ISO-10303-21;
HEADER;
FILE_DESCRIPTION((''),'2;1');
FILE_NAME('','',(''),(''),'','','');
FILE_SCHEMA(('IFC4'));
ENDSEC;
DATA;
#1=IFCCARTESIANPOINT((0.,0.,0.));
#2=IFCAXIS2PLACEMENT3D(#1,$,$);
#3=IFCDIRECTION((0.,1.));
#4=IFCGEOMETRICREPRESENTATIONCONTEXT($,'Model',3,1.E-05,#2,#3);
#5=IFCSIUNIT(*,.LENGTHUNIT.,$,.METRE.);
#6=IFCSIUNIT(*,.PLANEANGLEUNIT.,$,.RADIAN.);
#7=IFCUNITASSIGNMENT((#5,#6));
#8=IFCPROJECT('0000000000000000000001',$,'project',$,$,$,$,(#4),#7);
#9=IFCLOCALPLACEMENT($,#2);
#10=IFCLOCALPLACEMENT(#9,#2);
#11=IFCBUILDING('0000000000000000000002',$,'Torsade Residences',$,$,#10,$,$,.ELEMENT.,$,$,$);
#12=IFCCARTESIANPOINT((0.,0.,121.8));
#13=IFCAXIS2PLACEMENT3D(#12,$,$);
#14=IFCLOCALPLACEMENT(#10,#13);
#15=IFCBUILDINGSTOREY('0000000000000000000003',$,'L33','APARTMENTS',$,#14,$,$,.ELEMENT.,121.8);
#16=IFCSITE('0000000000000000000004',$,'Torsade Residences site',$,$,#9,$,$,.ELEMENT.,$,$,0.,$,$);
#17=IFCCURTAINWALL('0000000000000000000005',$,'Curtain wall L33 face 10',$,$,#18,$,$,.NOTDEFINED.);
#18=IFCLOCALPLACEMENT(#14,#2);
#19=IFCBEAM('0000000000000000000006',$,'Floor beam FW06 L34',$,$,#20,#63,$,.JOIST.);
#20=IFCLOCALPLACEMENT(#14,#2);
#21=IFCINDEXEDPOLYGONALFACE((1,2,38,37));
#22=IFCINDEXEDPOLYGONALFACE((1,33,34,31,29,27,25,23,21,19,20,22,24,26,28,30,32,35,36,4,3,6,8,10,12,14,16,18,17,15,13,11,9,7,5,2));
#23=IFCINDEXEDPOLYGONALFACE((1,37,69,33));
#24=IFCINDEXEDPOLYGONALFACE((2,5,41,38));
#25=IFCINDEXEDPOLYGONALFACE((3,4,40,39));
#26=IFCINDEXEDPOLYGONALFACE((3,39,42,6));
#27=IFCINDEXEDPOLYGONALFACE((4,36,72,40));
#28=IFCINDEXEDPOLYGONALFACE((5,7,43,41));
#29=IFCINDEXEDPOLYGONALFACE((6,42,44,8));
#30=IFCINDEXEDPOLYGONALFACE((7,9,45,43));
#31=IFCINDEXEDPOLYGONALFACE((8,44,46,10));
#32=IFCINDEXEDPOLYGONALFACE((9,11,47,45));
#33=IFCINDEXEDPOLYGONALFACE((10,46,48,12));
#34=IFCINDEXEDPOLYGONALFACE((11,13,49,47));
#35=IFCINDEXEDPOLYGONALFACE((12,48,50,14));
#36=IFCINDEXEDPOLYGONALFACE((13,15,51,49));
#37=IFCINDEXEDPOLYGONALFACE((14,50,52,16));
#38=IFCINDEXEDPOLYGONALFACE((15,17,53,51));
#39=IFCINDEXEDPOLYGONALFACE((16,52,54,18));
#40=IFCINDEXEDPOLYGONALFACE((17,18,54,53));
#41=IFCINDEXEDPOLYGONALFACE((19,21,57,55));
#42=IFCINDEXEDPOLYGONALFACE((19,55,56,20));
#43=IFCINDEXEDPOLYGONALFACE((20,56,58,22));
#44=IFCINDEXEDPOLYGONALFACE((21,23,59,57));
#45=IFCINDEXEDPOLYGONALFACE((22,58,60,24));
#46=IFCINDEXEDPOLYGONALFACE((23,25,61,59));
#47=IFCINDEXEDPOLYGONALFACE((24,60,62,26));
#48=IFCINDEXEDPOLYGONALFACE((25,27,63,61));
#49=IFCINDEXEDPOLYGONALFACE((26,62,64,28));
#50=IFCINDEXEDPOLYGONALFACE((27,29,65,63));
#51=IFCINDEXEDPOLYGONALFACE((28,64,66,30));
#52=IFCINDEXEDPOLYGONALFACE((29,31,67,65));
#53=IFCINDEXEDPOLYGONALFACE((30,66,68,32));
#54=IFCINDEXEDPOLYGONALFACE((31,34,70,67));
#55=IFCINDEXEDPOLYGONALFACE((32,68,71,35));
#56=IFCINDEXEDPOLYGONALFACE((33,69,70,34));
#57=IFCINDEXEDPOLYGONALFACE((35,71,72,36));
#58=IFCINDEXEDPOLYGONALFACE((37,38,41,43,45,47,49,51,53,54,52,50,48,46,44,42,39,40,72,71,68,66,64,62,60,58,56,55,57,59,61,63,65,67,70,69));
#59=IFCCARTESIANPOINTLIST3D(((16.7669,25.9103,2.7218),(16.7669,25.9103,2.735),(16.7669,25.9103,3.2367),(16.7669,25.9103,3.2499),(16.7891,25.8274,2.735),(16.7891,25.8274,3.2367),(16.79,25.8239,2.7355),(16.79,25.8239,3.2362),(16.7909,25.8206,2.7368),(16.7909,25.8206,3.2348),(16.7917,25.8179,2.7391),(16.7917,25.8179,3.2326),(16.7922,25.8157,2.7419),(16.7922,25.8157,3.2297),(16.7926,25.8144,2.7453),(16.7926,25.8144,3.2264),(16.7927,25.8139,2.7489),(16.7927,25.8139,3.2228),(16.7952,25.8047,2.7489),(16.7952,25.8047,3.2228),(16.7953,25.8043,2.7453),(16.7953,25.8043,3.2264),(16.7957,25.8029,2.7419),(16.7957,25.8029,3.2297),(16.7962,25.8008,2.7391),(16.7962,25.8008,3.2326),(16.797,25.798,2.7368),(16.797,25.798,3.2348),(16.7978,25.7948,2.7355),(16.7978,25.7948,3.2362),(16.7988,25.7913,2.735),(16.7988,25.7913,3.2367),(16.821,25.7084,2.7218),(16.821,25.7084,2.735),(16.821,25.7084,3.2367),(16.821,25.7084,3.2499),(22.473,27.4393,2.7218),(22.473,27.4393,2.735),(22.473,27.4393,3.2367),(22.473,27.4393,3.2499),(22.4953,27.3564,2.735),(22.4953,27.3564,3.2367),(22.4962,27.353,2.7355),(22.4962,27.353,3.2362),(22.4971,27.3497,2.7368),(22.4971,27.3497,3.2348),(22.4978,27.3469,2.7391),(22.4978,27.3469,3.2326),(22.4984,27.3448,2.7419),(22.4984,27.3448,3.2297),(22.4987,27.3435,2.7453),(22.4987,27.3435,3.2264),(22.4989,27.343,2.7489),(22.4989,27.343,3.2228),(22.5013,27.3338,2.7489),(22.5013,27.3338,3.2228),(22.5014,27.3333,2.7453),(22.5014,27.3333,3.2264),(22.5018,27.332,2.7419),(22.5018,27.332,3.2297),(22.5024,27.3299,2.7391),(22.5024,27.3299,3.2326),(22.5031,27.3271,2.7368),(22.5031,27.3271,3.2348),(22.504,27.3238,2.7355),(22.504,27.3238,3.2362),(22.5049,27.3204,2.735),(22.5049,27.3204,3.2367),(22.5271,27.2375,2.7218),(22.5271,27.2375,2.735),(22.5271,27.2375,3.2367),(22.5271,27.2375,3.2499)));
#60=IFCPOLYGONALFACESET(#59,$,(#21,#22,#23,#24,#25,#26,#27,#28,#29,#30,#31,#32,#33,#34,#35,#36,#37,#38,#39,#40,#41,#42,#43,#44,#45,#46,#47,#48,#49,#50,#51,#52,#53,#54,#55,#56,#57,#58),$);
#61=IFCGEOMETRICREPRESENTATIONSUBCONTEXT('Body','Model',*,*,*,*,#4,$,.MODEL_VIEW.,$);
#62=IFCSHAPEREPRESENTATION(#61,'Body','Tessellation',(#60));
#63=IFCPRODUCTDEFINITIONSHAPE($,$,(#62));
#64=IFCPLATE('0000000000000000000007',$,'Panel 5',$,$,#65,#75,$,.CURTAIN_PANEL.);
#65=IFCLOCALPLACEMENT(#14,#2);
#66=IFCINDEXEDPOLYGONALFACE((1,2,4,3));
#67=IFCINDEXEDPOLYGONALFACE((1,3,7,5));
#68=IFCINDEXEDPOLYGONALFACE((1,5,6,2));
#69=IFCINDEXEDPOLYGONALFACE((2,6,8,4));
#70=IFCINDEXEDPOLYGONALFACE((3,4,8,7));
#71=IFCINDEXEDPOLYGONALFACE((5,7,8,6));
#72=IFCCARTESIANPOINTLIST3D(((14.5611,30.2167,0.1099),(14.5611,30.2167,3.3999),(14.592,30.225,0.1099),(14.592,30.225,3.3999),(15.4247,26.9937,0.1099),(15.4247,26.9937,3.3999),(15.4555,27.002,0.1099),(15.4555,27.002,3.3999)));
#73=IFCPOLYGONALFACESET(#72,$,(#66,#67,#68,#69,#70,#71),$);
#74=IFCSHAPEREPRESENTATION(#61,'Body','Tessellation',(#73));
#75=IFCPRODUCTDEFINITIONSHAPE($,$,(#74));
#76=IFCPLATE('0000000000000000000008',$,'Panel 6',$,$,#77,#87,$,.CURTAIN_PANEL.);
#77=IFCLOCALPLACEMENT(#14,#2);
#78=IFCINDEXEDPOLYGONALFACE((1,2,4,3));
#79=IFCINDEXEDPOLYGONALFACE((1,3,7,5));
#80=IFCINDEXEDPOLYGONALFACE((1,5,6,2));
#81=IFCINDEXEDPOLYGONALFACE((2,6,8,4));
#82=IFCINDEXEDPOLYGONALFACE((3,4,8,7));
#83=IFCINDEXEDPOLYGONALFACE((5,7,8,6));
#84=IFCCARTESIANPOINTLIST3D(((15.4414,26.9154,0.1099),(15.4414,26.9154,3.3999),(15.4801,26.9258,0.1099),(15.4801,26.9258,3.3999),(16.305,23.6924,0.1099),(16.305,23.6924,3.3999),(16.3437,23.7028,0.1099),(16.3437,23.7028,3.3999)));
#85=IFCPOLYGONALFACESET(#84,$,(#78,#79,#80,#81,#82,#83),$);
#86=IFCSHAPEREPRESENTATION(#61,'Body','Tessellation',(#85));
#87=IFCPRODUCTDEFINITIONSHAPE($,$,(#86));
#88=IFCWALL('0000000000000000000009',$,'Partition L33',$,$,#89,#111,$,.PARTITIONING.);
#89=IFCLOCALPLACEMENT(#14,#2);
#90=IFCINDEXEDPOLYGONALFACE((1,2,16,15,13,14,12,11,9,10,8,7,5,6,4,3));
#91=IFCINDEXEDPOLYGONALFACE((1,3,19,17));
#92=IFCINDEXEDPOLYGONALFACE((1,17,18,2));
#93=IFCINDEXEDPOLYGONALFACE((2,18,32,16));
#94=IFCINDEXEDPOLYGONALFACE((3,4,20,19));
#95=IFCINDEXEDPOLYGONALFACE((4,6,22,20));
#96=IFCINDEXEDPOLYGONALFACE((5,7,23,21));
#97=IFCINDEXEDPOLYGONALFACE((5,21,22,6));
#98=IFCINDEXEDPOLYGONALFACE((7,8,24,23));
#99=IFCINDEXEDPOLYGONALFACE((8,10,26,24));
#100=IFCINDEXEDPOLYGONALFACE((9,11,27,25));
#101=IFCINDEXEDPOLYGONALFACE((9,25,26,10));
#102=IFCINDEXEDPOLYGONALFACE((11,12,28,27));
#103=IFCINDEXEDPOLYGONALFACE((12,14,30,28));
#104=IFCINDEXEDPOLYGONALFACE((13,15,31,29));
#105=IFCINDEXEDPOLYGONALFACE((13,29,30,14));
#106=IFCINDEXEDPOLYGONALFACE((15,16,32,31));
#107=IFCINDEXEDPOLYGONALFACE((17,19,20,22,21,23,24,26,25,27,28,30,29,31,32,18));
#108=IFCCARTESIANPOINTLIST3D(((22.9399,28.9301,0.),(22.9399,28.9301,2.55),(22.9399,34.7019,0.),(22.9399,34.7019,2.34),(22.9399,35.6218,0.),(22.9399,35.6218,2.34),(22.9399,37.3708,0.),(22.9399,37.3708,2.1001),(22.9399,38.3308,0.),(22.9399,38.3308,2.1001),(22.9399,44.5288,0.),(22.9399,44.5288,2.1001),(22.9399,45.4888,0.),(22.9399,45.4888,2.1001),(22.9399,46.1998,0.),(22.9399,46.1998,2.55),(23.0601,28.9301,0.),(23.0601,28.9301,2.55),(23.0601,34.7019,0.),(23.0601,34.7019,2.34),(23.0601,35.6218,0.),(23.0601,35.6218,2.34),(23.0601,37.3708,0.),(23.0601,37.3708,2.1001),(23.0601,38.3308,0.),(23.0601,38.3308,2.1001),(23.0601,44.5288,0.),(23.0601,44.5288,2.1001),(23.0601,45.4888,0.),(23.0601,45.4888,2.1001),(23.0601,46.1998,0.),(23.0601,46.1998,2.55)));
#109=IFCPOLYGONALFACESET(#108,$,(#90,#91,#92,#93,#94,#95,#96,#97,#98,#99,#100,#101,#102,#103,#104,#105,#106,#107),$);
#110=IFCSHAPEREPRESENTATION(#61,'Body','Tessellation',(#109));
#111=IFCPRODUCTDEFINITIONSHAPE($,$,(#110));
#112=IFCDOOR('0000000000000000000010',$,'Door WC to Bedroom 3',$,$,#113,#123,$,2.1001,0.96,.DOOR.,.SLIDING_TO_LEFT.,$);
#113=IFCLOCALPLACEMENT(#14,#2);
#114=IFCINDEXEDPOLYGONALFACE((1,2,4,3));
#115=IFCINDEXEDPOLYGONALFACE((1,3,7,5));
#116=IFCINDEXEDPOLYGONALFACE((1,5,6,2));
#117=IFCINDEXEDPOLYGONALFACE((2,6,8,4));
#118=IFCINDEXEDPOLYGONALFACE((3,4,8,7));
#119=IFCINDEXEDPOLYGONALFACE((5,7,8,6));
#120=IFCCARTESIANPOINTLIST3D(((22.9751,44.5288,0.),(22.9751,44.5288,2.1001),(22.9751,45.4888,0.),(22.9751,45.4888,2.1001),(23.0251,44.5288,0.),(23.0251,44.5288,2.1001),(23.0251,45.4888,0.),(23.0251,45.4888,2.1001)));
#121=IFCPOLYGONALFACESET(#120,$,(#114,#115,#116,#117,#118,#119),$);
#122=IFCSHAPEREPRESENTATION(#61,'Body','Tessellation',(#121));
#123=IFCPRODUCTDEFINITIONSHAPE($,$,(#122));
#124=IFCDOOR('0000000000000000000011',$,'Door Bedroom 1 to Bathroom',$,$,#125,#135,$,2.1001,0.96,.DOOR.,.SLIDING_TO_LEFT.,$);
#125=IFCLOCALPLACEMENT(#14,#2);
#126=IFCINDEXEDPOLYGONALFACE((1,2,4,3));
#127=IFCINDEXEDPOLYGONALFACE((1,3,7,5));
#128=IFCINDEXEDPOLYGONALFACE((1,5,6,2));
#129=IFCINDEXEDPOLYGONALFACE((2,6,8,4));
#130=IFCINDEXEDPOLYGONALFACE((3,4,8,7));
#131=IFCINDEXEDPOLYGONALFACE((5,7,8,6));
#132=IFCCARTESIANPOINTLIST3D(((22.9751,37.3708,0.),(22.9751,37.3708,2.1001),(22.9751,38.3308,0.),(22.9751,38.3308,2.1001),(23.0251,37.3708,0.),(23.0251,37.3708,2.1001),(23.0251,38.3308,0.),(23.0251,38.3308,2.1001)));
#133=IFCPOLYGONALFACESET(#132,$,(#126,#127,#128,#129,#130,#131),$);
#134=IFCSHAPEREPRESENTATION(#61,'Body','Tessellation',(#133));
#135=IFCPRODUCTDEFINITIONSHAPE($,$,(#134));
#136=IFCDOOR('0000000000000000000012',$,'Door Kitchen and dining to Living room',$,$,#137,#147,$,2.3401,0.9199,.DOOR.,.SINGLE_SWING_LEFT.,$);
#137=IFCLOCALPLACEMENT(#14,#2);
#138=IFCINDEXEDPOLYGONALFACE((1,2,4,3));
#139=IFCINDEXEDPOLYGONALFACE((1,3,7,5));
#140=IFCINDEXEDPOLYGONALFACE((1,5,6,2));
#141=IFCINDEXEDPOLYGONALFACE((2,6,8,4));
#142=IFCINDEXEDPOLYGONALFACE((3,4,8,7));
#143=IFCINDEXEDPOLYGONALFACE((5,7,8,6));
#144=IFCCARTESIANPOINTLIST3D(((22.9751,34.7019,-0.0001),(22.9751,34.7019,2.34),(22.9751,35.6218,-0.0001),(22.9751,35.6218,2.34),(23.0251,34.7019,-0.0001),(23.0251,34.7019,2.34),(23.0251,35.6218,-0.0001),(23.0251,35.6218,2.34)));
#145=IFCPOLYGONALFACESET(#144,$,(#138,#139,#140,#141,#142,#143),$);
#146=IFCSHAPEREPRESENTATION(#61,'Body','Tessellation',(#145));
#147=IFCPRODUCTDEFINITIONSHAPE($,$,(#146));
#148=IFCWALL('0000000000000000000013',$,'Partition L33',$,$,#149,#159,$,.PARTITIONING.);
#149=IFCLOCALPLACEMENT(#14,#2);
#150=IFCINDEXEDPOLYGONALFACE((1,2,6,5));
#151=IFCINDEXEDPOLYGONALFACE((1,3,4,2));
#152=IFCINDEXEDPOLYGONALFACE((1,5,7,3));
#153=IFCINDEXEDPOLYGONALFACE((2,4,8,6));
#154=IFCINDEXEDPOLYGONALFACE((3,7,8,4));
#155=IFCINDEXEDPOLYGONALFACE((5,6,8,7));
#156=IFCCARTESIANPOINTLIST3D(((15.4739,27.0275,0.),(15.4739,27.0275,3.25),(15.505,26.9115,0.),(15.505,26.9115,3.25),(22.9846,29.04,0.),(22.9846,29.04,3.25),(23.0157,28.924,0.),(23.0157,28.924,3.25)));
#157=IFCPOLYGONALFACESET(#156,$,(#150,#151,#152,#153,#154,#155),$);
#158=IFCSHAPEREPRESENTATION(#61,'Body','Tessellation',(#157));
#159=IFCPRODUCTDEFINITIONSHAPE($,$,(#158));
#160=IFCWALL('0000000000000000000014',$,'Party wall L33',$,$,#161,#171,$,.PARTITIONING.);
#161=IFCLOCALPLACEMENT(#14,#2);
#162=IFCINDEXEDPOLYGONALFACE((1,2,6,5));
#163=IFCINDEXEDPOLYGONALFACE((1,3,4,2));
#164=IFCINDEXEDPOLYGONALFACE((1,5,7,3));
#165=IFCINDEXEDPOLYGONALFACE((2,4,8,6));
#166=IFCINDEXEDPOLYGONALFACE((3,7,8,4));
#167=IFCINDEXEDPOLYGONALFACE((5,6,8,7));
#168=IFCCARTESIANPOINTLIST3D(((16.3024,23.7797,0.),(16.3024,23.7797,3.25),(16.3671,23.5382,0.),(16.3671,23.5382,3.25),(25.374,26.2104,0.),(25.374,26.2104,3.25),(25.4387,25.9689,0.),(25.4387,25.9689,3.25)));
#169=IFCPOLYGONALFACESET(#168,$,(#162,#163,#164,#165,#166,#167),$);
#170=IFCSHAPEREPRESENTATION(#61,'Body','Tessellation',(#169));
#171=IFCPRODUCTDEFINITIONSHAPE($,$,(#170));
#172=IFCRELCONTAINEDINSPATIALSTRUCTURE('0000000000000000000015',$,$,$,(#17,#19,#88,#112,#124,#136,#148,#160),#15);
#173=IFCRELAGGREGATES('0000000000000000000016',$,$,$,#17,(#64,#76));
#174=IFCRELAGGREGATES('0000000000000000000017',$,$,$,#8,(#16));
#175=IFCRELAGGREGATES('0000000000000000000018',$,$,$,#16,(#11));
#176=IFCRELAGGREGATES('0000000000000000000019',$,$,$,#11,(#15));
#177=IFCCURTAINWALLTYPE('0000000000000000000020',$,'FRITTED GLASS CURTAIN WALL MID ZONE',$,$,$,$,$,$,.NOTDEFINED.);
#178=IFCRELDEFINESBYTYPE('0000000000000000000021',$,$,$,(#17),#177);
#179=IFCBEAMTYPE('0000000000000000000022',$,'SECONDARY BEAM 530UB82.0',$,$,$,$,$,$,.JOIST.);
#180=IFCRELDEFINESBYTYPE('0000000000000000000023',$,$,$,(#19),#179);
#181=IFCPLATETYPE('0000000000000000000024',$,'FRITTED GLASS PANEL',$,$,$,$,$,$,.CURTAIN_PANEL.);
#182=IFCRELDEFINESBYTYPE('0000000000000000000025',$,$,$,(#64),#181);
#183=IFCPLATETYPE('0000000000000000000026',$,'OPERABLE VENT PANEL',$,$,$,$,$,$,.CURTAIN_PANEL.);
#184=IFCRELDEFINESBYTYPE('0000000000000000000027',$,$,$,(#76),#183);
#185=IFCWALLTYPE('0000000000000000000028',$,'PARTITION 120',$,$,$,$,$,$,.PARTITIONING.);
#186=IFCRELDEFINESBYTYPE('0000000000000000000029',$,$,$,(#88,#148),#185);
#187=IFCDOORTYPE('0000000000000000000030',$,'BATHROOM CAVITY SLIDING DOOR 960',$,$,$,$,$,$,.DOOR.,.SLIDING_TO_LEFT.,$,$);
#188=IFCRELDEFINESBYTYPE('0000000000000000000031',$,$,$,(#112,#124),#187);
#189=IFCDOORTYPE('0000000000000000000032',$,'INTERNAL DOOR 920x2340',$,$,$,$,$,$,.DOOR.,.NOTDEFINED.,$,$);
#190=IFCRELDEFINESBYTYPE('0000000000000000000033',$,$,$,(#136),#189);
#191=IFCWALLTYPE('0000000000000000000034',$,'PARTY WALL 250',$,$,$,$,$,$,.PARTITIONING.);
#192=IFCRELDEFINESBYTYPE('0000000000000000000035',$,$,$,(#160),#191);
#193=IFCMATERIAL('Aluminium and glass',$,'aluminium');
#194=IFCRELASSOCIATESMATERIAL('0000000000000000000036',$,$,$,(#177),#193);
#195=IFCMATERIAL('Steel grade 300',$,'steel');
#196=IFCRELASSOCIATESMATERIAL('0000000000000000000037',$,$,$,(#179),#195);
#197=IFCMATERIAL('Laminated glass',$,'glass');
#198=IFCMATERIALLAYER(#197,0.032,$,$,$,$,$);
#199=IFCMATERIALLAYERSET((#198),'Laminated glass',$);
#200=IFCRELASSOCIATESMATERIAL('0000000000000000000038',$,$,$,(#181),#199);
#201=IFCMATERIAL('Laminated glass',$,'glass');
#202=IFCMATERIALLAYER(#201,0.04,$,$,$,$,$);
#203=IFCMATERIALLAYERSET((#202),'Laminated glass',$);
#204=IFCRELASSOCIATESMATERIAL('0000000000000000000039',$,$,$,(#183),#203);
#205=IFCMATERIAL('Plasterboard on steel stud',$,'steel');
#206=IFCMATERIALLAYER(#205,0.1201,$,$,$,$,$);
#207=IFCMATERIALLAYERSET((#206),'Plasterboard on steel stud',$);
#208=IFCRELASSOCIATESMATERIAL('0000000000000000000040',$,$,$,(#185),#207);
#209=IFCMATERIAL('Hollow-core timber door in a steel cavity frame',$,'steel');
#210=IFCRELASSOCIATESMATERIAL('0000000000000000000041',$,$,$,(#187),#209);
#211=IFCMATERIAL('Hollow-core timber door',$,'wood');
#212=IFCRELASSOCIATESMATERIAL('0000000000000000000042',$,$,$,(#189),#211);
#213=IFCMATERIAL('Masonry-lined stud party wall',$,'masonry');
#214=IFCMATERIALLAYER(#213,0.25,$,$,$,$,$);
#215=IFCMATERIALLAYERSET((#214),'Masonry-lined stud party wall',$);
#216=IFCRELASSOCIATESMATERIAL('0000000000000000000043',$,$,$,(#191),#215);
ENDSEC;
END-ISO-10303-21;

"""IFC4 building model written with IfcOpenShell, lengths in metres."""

from ifc_helpers import new_model, si_unit, direction, frame, frame_2d, origin, origin_2d, place, context, subcontext, project, spatial, rectangle, i_section, extrude, material, layer, layer_set, material_profile, profile_set, type_object, element, fill, aggregate, save


model = new_model("IFC4")

# Units and contexts
model_context = context("Model", 3, precision=1e-05, world=origin(), true_north=direction((0.0, 1.0)))
body_context = subcontext(model_context, "Body", "Model", "MODEL_VIEW")
ifc_project = project(units=[si_unit("LENGTHUNIT", "METRE"), si_unit("PLANEANGLEUNIT", "RADIAN")], contexts=[model_context])

# Site, building, storey
site_placement = place(None, origin())
site = spatial("IfcSite", under=ifc_project, at=site_placement, Name="Torsade Residences site", CompositionType="ELEMENT", RefElevation=0.0)
building_placement = place(site_placement, origin())
building = spatial("IfcBuilding", under=site, at=building_placement, Name="Torsade Residences", CompositionType="ELEMENT")
storey_placement = place(building_placement, frame((0.0, 0.0, 121.8)))
storey = spatial("IfcBuildingStorey", under=building, at=storey_placement, Name="L33", Description="APARTMENTS", CompositionType="ELEMENT", Elevation=121.8)

# Curtain wall
ifc_material_1 = material(Name="Aluminium and glass", Category="aluminium")
curtain_wall_type = type_object("IfcCurtainWallType", Name="FRITTED GLASS CURTAIN WALL MID ZONE", PredefinedType="NOTDEFINED", material=ifc_material_1)
curtain_wall_placement = place(storey_placement, origin())
curtain_wall = element("IfcCurtainWall", 1, at=curtain_wall_placement, inside=storey, type_object=curtain_wall_type, Name="Curtain wall L33 face 10", PredefinedType="NOTDEFINED")

# Beam
ifc_material_2 = material(Name="Steel grade 300", Category="steel")
ifc_material_profile_1 = material_profile(ifc_material_2, i_section(OverallWidth=0.209, OverallDepth=0.5281, WebThickness=0.0095, FlangeThickness=0.0132, FilletRadius=0.0139, at=origin_2d()), Name="530UB82.0")
ifc_profile_set_1 = profile_set([ifc_material_profile_1], Name="Steel grade 300")
beam_type_1 = type_object("IfcBeamType", Name="SECONDARY BEAM 530UB82.0", PredefinedType="JOIST", material=ifc_profile_set_1)
beam_1_placement = place(storey_placement, frame((16.7939, 25.8093, 2.9858), z_axis=(0.965921, 0.258838, 0.0), x_axis=(-0.258838, 0.965921, 0.0)))
element("IfcBeam", 2, at=beam_1_placement, inside=storey, type_object=beam_type_1, Name="Floor beam FW06 L34", PredefinedType="JOIST", context=body_context, shape_type="SweptSolid", body=[
    extrude(i_section(OverallWidth=0.209, OverallDepth=0.5281, WebThickness=0.0095, FlangeThickness=0.0132, FilletRadius=0.0139, at=origin_2d()), origin(), (0.0, 0.0, 1.0), 5.9075),
])

# Plates
ifc_material_3 = material(Name="Laminated glass", Category="glass")
ifc_layer_1 = layer(ifc_material_3, 0.032)
ifc_layer_set_1 = layer_set([ifc_layer_1], Name="Laminated glass")
plate_type_1 = type_object("IfcPlateType", Name="FRITTED GLASS PANEL", PredefinedType="CURTAIN_PANEL", material=ifc_layer_set_1)
plate_1_placement = place(storey_placement, frame((15.0083, 28.6094, 0.1099), z_axis=(0.0, 0.0, 1.0), x_axis=(0.258819, -0.965926, 0.0)))
plate_1 = element("IfcPlate", 3, at=plate_1_placement, type_object=plate_type_1, Name="Panel 5", PredefinedType="CURTAIN_PANEL", context=body_context, shape_type="SweptSolid", body=[
    extrude(rectangle(XDim=3.3367, YDim=0.032, at=origin_2d()), origin(), (0.0, 0.0, 1.0), 3.29),
])
ifc_material_4 = material(Name="Laminated glass", Category="glass")
ifc_layer_2 = layer(ifc_material_4, 0.04)
ifc_layer_set_2 = layer_set([ifc_layer_2], Name="Laminated glass")
plate_type_2 = type_object("IfcPlateType", Name="OPERABLE VENT PANEL", PredefinedType="CURTAIN_PANEL", material=ifc_layer_set_2)
plate_2_placement = place(storey_placement, frame((15.8926, 25.3091, 0.1099), z_axis=(0.0, 0.0, 1.0), x_axis=(0.258819, -0.965926, 0.0)))
plate_2 = element("IfcPlate", 4, at=plate_2_placement, type_object=plate_type_2, Name="Panel 6", PredefinedType="CURTAIN_PANEL", context=body_context, shape_type="SweptSolid", body=[
    extrude(rectangle(XDim=3.3367, YDim=0.04, at=origin_2d()), origin(), (0.0, 0.0, 1.0), 3.29),
])
aggregate(curtain_wall, [plate_1, plate_2])

# Wall, openings, doors
ifc_material_5 = material(Name="Plasterboard on steel stud", Category="steel")
ifc_layer_3 = layer(ifc_material_5, 0.1201)
ifc_layer_set_3 = layer_set([ifc_layer_3], Name="Plasterboard on steel stud")
wall_type_1 = type_object("IfcWallType", Name="PARTITION 120", PredefinedType="PARTITIONING", material=ifc_layer_set_3)
wall_1_placement = place(storey_placement, frame((23.0, 28.9302, 0.0), z_axis=(0.0, 0.0, 1.0), x_axis=(0.0, 1.0, 0.0)))
wall_1 = element("IfcWall", 5, at=wall_1_placement, inside=storey, type_object=wall_type_1, Name="Partition L33", PredefinedType="PARTITIONING", context=body_context, shape_type="SweptSolid", body=[
    extrude(rectangle(XDim=17.2698, YDim=0.1201, at=frame_2d((8.6348, 0.0))), origin(), (0.0, 0.0, 1.0), 2.55),
])
opening_1_placement = place(wall_1_placement, frame((5.7717, 0.0, 0.0)))
opening_1 = element("IfcOpeningElement", 6, at=opening_1_placement, cuts=wall_1, PredefinedType="OPENING", context=body_context, shape_type="SweptSolid", body=[
    extrude(rectangle(XDim=0.9199, YDim=2.3401, at=frame_2d((0.46, 1.1699))), frame((0.0, 0.0701, 0.0), z_axis=(0.0, -1.0, 0.0), x_axis=(1.0, 0.0, 0.0)), (0.0, 0.0, 1.0), 0.1401),
])
opening_2_placement = place(wall_1_placement, frame((15.5986, 0.0, 0.0)))
opening_2 = element("IfcOpeningElement", 7, at=opening_2_placement, cuts=wall_1, PredefinedType="OPENING", context=body_context, shape_type="SweptSolid", body=[
    extrude(rectangle(XDim=0.96, YDim=2.1001, at=frame_2d((0.48, 1.05))), frame((0.0, 0.0701, 0.0), z_axis=(0.0, -1.0, 0.0), x_axis=(1.0, 0.0, 0.0)), (0.0, 0.0, 1.0), 0.1401),
])
opening_3_placement = place(wall_1_placement, frame((8.4407, 0.0, 0.0)))
opening_3 = element("IfcOpeningElement", 8, at=opening_3_placement, cuts=wall_1, PredefinedType="OPENING", context=body_context, shape_type="SweptSolid", body=[
    extrude(rectangle(XDim=0.96, YDim=2.1001, at=frame_2d((0.48, 1.05))), frame((0.0, 0.0701, 0.0), z_axis=(0.0, -1.0, 0.0), x_axis=(1.0, 0.0, 0.0)), (0.0, 0.0, 1.0), 0.1401),
])
ifc_material_6 = material(Name="Hollow-core timber door in a steel cavity frame", Category="steel")
door_type_1 = type_object("IfcDoorType", Name="BATHROOM CAVITY SLIDING DOOR 960", OperationType="SLIDING_TO_LEFT", PredefinedType="DOOR", material=ifc_material_6)
door_1_placement = place(opening_2_placement, origin())
door_1 = element("IfcDoor", 9, at=door_1_placement, inside=storey, type_object=door_type_1, Name="Door WC to Bedroom 3", OperationType="SLIDING_TO_LEFT", OverallHeight=2.1001, OverallWidth=0.96, PredefinedType="DOOR", context=body_context, shape_type="SweptSolid", body=[
    extrude(rectangle(XDim=0.96, YDim=2.1001, at=frame_2d((0.48, 1.05))), frame((0.0, 0.0249, 0.0), z_axis=(0.0, -1.0, 0.0), x_axis=(1.0, 0.0, 0.0)), (0.0, 0.0, 1.0), 0.05),
])
fill(opening_2, door_1)
door_2_placement = place(opening_3_placement, origin())
door_2 = element("IfcDoor", 10, at=door_2_placement, inside=storey, type_object=door_type_1, Name="Door Bedroom 1 to Bathroom", OperationType="SLIDING_TO_LEFT", OverallHeight=2.1001, OverallWidth=0.96, PredefinedType="DOOR", context=body_context, shape_type="SweptSolid", body=[
    extrude(rectangle(XDim=0.96, YDim=2.1001, at=frame_2d((0.48, 1.05))), frame((0.0, 0.0249, 0.0), z_axis=(0.0, -1.0, 0.0), x_axis=(1.0, 0.0, 0.0)), (0.0, 0.0, 1.0), 0.05),
])
fill(opening_3, door_2)
ifc_material_7 = material(Name="Hollow-core timber door", Category="wood")
door_type_2 = type_object("IfcDoorType", Name="INTERNAL DOOR 920x2340", OperationType="NOTDEFINED", PredefinedType="DOOR", material=ifc_material_7)
door_3_placement = place(opening_1_placement, origin())
door_3 = element("IfcDoor", 11, at=door_3_placement, inside=storey, type_object=door_type_2, Name="Door Kitchen and dining to Living room", OperationType="SINGLE_SWING_LEFT", OverallHeight=2.3401, OverallWidth=0.9199, PredefinedType="DOOR", context=body_context, shape_type="SweptSolid", body=[
    extrude(rectangle(XDim=0.9199, YDim=2.3401, at=frame_2d((0.46, 1.1699))), frame((0.0, 0.0249, 0.0), z_axis=(0.0, -1.0, 0.0), x_axis=(1.0, 0.0, 0.0)), (0.0, 0.0, 1.0), 0.05),
])
fill(opening_1, door_3)

# Walls
wall_2_placement = place(storey_placement, frame((23.0, 28.9819, 0.0), z_axis=(0.0, 0.0, 1.0), x_axis=(-0.965927, -0.258814, 0.0)))
element("IfcWall", 12, at=wall_2_placement, inside=storey, type_object=wall_type_1, Name="Partition L33", PredefinedType="PARTITIONING", context=body_context, shape_type="SweptSolid", body=[
    extrude(rectangle(XDim=7.7756, YDim=0.1201, at=frame_2d((3.8877, 0.0))), origin(), (0.0, 0.0, 1.0), 3.25),
])
ifc_material_8 = material(Name="Masonry-lined stud party wall", Category="masonry")
ifc_layer_4 = layer(ifc_material_8, 0.25)
ifc_layer_set_4 = layer_set([ifc_layer_4], Name="Masonry-lined stud party wall")
wall_type_2 = type_object("IfcWallType", Name="PARTY WALL 250", PredefinedType="PARTITIONING", material=ifc_layer_set_4)
wall_3_placement = place(storey_placement, frame((16.3347, 23.6589, 0.0), z_axis=(0.0, 0.0, 1.0), x_axis=(0.965927, 0.258814, 0.0)))
element("IfcWall", 13, at=wall_3_placement, inside=storey, type_object=wall_type_2, Name="Party wall L33", PredefinedType="PARTITIONING", context=body_context, shape_type="SweptSolid", body=[
    extrude(rectangle(XDim=9.3916, YDim=0.25, at=frame_2d((4.6958, 0.0))), origin(), (0.0, 0.0, 1.0), 3.25),
])

save(model, "model.ifc")
